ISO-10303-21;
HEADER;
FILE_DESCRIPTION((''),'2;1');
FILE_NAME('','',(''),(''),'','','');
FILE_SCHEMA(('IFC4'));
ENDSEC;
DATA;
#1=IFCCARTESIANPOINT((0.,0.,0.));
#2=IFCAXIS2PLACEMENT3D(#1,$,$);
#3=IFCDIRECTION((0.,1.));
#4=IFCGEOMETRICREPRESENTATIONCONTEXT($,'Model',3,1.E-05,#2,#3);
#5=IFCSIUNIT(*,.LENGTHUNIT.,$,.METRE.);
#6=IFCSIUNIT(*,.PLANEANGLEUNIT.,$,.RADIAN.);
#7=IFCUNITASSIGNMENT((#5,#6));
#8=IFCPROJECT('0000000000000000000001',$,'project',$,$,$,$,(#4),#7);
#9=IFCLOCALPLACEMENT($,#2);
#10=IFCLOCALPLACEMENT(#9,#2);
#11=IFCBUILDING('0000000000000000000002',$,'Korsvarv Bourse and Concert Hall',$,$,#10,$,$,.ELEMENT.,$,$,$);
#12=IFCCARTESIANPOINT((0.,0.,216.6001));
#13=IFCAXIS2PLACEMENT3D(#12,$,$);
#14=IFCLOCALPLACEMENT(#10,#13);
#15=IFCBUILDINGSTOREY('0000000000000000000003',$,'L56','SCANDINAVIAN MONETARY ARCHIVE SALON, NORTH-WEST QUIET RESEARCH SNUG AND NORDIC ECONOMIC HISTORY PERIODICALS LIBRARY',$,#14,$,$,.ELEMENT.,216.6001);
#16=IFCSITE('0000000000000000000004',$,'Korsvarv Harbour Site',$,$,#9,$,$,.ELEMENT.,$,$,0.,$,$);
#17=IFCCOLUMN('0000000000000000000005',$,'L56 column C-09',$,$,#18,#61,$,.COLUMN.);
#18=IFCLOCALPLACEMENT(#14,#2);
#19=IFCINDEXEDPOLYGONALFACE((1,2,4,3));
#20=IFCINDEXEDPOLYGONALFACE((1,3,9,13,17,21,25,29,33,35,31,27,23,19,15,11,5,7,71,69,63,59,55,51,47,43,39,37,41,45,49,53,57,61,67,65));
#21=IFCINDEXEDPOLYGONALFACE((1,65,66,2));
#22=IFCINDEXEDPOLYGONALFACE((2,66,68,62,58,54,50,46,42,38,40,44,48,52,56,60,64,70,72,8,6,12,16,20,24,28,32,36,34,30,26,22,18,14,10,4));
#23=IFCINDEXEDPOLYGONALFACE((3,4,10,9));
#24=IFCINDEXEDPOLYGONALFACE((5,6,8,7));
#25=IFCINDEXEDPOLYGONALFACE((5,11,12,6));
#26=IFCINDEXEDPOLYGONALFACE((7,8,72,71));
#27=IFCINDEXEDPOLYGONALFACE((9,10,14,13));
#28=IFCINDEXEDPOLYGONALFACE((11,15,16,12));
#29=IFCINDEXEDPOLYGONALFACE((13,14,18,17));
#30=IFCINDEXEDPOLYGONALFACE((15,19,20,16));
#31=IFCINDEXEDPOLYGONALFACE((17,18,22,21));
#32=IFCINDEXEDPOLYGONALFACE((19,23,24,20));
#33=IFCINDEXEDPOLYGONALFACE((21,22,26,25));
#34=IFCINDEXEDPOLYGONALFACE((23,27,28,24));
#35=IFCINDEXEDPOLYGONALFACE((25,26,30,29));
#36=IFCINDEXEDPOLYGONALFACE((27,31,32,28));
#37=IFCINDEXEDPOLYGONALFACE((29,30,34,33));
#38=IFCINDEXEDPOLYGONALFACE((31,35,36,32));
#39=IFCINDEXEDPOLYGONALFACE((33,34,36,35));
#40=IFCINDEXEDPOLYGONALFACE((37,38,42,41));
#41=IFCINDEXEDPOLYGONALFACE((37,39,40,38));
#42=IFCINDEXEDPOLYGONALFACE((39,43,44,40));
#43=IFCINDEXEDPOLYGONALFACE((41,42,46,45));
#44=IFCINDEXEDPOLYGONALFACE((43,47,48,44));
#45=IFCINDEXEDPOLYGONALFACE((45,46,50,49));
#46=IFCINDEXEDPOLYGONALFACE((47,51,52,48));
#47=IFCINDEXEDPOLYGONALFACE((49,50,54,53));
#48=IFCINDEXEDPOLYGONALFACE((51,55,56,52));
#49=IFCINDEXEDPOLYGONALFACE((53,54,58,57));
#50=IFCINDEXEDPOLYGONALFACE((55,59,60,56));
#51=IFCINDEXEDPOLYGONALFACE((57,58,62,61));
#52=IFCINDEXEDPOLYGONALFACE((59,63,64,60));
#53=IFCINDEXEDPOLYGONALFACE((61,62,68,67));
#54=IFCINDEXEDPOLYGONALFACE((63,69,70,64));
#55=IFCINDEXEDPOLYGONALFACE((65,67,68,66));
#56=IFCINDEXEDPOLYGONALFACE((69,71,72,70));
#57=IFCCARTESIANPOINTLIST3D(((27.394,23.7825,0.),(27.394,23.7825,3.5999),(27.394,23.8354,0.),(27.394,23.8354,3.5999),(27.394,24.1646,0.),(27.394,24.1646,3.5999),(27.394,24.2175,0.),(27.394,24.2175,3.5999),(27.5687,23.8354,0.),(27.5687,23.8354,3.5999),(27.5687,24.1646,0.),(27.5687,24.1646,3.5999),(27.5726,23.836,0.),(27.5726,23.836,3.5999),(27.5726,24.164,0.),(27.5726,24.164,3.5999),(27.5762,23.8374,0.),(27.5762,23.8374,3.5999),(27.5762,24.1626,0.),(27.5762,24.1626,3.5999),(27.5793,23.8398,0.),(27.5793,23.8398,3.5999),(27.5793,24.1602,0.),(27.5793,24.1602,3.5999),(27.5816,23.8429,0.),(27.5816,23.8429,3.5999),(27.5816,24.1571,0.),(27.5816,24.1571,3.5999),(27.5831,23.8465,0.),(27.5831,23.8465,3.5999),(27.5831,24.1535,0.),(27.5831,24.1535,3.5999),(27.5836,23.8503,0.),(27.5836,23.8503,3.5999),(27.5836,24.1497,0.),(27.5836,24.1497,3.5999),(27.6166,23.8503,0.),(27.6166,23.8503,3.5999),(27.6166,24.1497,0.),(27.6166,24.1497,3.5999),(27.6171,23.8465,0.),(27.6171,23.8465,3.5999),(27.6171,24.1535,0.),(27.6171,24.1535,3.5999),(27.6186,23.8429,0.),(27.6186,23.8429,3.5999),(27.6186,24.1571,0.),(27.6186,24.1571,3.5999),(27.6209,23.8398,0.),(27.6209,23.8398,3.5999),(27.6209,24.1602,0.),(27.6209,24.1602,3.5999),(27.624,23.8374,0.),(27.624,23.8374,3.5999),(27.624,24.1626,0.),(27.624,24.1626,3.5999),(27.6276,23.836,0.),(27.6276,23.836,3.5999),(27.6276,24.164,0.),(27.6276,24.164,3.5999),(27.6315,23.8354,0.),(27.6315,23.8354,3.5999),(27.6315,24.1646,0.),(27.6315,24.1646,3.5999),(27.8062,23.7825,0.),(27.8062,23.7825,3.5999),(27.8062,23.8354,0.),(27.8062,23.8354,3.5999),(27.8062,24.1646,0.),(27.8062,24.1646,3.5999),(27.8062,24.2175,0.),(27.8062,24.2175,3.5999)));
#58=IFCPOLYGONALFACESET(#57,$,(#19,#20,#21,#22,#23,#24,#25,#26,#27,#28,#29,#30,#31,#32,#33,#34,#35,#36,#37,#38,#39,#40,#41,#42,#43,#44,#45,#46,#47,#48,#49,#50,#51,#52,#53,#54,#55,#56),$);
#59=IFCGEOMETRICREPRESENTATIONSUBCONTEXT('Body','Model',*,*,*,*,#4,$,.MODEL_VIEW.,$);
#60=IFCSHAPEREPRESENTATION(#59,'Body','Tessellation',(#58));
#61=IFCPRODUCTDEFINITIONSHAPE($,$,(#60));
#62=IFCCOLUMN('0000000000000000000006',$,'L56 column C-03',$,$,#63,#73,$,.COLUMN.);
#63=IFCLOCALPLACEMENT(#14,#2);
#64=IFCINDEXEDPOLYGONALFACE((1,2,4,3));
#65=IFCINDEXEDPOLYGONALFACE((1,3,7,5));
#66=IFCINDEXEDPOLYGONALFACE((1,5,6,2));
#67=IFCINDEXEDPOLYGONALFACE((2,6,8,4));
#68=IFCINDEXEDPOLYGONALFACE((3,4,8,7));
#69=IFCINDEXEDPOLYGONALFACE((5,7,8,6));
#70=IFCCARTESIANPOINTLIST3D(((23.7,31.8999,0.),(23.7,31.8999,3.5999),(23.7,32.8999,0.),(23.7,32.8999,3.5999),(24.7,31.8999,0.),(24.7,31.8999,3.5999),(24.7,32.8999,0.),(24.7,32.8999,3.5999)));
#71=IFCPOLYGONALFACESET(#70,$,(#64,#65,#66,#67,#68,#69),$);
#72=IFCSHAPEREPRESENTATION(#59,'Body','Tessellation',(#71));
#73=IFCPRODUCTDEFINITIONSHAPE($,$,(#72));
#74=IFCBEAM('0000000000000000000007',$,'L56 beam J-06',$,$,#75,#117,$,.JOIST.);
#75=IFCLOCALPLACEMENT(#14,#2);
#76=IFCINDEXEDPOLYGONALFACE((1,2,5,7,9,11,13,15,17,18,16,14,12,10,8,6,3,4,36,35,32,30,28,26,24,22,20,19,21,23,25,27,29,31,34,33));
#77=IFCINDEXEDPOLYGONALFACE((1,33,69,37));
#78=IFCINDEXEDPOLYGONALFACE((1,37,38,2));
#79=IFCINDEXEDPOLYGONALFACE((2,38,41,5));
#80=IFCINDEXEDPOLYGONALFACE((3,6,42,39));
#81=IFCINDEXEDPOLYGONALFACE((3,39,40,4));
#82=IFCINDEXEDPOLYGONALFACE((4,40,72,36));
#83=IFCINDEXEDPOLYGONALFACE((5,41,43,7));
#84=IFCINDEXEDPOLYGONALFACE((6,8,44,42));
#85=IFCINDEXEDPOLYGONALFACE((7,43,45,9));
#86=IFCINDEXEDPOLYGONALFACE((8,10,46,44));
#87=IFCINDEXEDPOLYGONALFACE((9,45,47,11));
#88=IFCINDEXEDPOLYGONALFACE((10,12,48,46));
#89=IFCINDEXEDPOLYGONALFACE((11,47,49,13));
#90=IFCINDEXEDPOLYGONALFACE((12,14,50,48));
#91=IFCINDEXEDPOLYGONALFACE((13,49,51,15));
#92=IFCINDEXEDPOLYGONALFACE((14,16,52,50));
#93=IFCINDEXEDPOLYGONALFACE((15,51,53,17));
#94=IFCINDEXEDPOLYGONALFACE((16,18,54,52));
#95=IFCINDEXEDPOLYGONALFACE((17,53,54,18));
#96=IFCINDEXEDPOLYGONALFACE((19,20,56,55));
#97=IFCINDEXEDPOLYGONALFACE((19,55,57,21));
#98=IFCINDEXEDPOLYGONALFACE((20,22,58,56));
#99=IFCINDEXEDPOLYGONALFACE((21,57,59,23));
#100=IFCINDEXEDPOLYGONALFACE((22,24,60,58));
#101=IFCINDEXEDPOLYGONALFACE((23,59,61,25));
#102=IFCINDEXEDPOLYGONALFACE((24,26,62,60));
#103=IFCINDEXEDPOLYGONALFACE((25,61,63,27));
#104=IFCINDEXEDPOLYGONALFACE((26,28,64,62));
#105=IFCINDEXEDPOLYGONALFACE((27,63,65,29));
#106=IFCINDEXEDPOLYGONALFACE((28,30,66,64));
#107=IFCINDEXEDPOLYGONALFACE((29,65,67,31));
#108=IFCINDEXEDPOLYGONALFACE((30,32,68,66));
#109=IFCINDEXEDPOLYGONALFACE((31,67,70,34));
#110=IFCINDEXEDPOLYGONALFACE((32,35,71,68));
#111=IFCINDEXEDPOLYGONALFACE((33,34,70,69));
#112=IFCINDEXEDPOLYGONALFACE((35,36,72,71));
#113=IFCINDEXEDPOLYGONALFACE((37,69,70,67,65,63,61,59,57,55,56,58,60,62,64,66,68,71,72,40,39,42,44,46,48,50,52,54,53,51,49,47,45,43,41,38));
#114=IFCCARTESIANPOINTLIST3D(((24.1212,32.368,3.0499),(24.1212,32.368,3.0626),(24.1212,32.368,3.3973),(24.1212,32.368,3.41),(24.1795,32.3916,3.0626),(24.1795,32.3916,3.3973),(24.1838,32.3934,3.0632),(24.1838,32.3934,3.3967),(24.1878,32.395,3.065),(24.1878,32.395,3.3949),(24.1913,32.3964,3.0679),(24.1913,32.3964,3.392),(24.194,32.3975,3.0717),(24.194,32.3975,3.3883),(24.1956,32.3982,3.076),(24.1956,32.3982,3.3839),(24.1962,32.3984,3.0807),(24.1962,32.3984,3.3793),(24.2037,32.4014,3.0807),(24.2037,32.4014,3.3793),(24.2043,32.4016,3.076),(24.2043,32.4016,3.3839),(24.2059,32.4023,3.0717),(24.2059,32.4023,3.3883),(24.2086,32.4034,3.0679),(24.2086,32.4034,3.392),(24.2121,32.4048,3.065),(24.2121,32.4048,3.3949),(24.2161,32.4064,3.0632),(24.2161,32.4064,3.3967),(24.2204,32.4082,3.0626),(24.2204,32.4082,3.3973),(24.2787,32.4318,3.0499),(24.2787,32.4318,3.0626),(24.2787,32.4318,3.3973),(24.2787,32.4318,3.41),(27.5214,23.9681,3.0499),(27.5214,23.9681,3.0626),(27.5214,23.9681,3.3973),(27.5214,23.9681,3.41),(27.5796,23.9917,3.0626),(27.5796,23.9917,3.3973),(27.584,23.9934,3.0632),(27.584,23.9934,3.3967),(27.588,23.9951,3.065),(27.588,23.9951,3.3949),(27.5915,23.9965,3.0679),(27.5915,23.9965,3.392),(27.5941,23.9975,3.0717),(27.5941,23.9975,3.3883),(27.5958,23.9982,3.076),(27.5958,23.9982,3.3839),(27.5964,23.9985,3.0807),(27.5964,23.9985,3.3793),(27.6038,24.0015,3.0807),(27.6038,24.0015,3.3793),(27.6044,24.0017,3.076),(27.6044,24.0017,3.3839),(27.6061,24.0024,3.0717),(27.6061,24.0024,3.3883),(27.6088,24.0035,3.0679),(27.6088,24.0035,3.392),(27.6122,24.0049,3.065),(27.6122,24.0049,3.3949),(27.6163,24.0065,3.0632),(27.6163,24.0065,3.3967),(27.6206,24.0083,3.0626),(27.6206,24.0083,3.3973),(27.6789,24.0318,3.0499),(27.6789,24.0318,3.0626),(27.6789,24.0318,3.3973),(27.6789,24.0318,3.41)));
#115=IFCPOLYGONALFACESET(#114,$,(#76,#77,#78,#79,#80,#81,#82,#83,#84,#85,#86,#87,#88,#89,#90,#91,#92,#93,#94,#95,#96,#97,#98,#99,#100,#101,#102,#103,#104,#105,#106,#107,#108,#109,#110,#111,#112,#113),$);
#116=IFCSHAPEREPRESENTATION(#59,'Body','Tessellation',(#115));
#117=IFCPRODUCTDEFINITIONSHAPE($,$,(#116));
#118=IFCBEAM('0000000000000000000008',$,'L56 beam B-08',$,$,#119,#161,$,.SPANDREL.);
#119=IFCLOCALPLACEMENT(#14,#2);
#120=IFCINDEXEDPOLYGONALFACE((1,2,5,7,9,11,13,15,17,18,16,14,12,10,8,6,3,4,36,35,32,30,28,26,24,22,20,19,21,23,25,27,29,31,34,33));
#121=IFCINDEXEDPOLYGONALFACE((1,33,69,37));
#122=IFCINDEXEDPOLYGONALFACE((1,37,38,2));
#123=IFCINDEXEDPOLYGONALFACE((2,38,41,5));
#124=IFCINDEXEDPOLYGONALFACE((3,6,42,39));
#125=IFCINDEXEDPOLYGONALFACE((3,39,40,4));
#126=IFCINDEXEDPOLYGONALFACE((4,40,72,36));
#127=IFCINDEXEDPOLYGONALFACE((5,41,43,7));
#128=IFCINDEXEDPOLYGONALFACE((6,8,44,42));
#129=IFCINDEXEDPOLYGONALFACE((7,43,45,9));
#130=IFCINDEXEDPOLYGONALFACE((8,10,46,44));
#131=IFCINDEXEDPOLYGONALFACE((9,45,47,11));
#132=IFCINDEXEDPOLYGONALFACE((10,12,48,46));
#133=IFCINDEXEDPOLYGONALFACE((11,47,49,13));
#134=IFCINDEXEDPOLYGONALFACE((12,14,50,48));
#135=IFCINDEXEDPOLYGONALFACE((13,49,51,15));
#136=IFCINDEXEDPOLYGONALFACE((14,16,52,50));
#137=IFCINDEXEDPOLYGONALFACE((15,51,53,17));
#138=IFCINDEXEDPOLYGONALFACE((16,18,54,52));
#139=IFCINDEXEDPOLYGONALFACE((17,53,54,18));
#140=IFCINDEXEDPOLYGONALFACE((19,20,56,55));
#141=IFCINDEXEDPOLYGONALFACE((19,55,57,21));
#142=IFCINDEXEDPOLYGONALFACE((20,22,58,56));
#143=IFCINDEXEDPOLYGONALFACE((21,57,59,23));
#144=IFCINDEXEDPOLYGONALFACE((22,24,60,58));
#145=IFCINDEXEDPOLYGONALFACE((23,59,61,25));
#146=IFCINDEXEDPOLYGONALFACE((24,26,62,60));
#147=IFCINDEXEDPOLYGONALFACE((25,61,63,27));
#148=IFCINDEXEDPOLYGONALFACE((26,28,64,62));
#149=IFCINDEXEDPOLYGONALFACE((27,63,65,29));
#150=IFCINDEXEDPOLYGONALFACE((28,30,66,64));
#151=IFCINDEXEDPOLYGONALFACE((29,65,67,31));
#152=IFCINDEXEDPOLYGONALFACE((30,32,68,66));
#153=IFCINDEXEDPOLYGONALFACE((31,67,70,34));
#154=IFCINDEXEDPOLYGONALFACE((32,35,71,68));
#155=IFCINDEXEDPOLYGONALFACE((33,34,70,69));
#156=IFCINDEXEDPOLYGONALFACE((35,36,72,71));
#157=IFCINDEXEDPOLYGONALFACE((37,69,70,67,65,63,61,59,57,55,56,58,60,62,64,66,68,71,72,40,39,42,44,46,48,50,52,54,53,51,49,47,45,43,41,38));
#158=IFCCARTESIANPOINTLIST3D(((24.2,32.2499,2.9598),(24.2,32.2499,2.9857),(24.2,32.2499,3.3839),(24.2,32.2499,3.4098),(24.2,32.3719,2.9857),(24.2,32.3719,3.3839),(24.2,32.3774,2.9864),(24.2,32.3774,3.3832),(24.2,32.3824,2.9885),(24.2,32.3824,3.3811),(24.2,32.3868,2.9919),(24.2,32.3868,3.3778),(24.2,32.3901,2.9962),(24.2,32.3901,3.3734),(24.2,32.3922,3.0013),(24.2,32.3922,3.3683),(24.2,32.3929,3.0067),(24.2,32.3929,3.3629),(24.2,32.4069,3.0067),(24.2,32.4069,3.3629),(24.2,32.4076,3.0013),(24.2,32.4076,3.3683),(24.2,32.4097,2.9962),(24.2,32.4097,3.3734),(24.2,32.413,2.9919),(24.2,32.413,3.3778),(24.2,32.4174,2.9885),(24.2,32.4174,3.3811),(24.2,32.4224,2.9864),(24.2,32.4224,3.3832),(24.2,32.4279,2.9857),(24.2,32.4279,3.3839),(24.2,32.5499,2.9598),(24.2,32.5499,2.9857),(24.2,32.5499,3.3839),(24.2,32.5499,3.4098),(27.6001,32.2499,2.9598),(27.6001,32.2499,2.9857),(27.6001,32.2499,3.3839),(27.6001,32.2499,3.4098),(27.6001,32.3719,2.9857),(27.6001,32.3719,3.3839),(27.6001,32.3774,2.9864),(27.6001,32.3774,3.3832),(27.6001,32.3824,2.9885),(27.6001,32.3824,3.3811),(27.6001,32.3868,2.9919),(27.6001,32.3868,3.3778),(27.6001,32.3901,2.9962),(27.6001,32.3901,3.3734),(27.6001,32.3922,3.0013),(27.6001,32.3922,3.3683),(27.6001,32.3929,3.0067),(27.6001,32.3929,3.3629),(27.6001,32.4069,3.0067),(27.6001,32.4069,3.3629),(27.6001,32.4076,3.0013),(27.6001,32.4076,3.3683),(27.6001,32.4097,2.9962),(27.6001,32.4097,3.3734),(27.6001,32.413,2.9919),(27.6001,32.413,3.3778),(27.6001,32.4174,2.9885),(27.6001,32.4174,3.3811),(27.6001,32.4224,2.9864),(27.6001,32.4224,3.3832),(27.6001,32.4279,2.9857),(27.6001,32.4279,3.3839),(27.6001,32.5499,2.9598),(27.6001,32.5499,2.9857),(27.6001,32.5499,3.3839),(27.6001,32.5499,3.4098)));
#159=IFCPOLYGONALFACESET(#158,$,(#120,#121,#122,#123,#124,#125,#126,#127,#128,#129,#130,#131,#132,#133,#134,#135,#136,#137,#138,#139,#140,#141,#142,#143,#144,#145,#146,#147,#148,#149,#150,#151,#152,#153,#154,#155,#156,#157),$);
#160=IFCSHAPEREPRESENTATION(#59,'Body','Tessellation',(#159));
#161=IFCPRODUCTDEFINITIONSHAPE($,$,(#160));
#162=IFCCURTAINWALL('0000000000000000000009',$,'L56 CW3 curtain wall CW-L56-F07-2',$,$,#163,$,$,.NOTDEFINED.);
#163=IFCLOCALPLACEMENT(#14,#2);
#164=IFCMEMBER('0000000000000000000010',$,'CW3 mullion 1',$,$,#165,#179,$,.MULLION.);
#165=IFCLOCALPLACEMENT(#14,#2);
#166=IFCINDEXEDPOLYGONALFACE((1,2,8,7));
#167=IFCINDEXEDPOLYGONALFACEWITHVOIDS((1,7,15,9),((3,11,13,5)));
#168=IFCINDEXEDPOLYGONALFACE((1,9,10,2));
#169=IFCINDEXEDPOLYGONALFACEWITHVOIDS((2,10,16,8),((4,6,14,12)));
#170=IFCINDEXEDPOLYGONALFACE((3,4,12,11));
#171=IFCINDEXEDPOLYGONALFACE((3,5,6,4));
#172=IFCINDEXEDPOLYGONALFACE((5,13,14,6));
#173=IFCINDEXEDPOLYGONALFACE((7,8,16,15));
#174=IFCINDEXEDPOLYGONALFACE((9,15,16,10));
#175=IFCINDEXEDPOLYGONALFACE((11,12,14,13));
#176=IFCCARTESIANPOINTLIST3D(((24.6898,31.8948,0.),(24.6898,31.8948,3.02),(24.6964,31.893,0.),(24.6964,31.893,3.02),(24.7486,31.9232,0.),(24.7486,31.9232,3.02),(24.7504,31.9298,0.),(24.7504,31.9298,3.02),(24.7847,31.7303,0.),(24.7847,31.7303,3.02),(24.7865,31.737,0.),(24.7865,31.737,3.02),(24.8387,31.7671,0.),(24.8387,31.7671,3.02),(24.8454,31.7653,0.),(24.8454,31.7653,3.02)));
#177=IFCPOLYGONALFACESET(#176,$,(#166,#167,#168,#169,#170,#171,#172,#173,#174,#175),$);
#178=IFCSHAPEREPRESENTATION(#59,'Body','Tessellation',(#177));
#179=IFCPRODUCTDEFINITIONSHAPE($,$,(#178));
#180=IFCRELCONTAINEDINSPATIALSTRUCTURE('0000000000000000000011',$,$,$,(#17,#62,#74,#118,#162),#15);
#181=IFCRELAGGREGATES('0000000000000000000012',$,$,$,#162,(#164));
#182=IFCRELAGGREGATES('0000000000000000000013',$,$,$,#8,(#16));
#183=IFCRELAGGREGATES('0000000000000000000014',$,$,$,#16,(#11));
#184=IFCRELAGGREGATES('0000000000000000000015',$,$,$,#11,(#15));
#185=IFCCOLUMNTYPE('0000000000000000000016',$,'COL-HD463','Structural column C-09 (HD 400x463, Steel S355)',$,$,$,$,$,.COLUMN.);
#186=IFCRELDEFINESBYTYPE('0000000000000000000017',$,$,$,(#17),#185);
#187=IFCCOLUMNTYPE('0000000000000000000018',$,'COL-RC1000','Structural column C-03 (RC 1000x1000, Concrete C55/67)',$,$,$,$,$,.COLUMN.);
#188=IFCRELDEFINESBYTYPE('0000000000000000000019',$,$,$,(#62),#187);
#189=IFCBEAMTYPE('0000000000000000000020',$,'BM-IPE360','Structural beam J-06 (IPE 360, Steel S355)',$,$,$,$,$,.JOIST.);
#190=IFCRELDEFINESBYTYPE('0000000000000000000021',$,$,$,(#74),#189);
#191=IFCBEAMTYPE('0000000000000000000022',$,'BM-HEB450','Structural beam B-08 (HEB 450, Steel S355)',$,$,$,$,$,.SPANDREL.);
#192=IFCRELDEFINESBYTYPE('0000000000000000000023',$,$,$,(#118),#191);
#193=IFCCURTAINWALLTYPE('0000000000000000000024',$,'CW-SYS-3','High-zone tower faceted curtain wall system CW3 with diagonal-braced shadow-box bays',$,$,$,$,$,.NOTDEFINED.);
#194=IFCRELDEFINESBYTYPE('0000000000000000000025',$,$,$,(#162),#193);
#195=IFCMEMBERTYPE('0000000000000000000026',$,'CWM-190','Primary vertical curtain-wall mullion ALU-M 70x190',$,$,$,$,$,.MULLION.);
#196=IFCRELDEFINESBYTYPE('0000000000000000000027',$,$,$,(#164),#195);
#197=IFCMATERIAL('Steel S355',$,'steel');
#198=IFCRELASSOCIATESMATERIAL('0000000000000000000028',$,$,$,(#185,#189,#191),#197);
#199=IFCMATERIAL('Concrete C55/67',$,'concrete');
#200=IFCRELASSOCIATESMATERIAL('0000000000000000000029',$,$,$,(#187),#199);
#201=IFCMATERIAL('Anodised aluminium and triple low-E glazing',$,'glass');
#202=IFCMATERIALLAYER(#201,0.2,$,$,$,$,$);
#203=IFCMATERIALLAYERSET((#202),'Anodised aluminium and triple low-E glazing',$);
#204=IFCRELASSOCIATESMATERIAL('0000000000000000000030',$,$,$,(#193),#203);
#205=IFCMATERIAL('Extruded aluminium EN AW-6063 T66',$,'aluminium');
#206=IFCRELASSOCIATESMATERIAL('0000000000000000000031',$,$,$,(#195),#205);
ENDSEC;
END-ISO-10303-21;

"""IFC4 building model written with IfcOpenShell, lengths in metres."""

from ifc_helpers import new_model, si_unit, direction, frame, origin, origin_2d, place, context, subcontext, project, spatial, rectangle, hollow_rectangle, i_section, extrude, source, transform, mapped, material, layer, layer_set, material_profile, profile_set, type_object, element, aggregate, save


model = new_model("IFC4")

# Units and contexts
model_context = context("Model", 3, precision=1e-05, world=origin(), true_north=direction((0.0, 1.0)))
body_context = subcontext(model_context, "Body", "Model", "MODEL_VIEW")
ifc_project = project(units=[si_unit("LENGTHUNIT", "METRE"), si_unit("PLANEANGLEUNIT", "RADIAN")], contexts=[model_context])

# Site, building, storey
site_placement = place(None, origin())
site = spatial("IfcSite", under=ifc_project, at=site_placement, Name="Korsvarv Harbour Site", CompositionType="ELEMENT", RefElevation=0.0)
building_placement = place(site_placement, origin())
building = spatial("IfcBuilding", under=site, at=building_placement, Name="Korsvarv Bourse and Concert Hall", CompositionType="ELEMENT")
storey_placement = place(building_placement, frame((0.0, 0.0, 216.6001)))
storey = spatial("IfcBuildingStorey", under=building, at=storey_placement, Name="L56", Description="SCANDINAVIAN MONETARY ARCHIVE SALON, NORTH-WEST QUIET RESEARCH SNUG AND NORDIC ECONOMIC HISTORY PERIODICALS LIBRARY", CompositionType="ELEMENT", Elevation=216.6001)

# Columns
ifc_material_1 = material(Name="Steel S355", Category="steel")
ifc_material_profile_1 = material_profile(ifc_material_1, i_section(OverallWidth=0.4121, OverallDepth=0.4351, WebThickness=0.033, FlangeThickness=0.053, FilletRadius=0.0149, at=origin_2d()), Name="HD 400x463")
ifc_profile_set_1 = profile_set([ifc_material_profile_1], Name="Steel S355")
column_type_1 = type_object("IfcColumnType", Name="COL-HD463", Description="Structural column C-09 (HD 400x463, Steel S355)", PredefinedType="COLUMN", material=ifc_profile_set_1)
shared_shape_1 = source(origin(), body_context, "Body", "SweptSolid", [
    extrude(i_section(OverallWidth=0.4121, OverallDepth=0.4351, WebThickness=0.033, FlangeThickness=0.053, FilletRadius=0.0149, at=origin_2d()), origin(), (0.0, 0.0, 1.0), 3.5999),
])
column_1_placement = place(storey_placement, frame((27.6001, 24.0, 0.0), z_axis=(0.0, 0.0, 1.0), x_axis=(1.0, 0.0, 0.0)))
element("IfcColumn", 1, at=column_1_placement, inside=storey, type_object=column_type_1, Name="L56 column C-09", PredefinedType="COLUMN", context=body_context, shape_type="MappedRepresentation", body=[
    mapped(shared_shape_1, transform((0.0, 0.0, 0.0), scale=1.0)),
])
ifc_material_2 = material(Name="Concrete C55/67", Category="concrete")
ifc_material_profile_2 = material_profile(ifc_material_2, rectangle(XDim=1.0, YDim=1.0, at=origin_2d()), Name="RC 1000x1000")
ifc_profile_set_2 = profile_set([ifc_material_profile_2], Name="Concrete C55/67")
column_type_2 = type_object("IfcColumnType", Name="COL-RC1000", Description="Structural column C-03 (RC 1000x1000, Concrete C55/67)", PredefinedType="COLUMN", material=ifc_profile_set_2)
shared_shape_2 = source(origin(), body_context, "Body", "SweptSolid", [
    extrude(rectangle(XDim=1.0, YDim=1.0, at=origin_2d()), origin(), (0.0, 0.0, 1.0), 3.5999),
])
column_2_placement = place(storey_placement, frame((24.2, 32.3999, 0.0), z_axis=(0.0, 0.0, 1.0), x_axis=(1.0, 0.0, 0.0)))
element("IfcColumn", 2, at=column_2_placement, inside=storey, type_object=column_type_2, Name="L56 column C-03", PredefinedType="COLUMN", context=body_context, shape_type="MappedRepresentation", body=[
    mapped(shared_shape_2, transform((0.0, 0.0, 0.0), scale=1.0)),
])

# Beams
ifc_material_profile_3 = material_profile(ifc_material_1, i_section(OverallWidth=0.1699, OverallDepth=0.3601, WebThickness=0.0081, FlangeThickness=0.0127, FilletRadius=0.0181, at=origin_2d()), Name="IPE 360")
ifc_profile_set_3 = profile_set([ifc_material_profile_3], Name="Steel S355")
beam_type_1 = type_object("IfcBeamType", Name="BM-IPE360", Description="Structural beam J-06 (IPE 360, Steel S355)", PredefinedType="JOIST", material=ifc_profile_set_3)
shared_shape_3 = source(origin(), body_context, "Body", "SweptSolid", [
    extrude(i_section(OverallWidth=0.1699, OverallDepth=0.3601, WebThickness=0.0081, FlangeThickness=0.0127, FilletRadius=0.0181, at=origin_2d()), origin(), (0.0, 0.0, 1.0), 9.062),
])
beam_1_placement = place(storey_placement, frame((24.2, 32.3999, 3.23), z_axis=(0.37521, -0.92694, 0.0), x_axis=(0.92694, 0.37521, 0.0)))
element("IfcBeam", 3, at=beam_1_placement, inside=storey, type_object=beam_type_1, Name="L56 beam J-06", PredefinedType="JOIST", context=body_context, shape_type="MappedRepresentation", body=[
    mapped(shared_shape_3, transform((0.0, 0.0, 0.0), scale=1.0)),
])
ifc_material_profile_4 = material_profile(ifc_material_1, i_section(OverallWidth=0.3, OverallDepth=0.45, WebThickness=0.0139, FlangeThickness=0.0259, FilletRadius=0.021, at=origin_2d()), Name="HEB 450")
ifc_profile_set_4 = profile_set([ifc_material_profile_4], Name="Steel S355")
beam_type_2 = type_object("IfcBeamType", Name="BM-HEB450", Description="Structural beam B-08 (HEB 450, Steel S355)", PredefinedType="SPANDREL", material=ifc_profile_set_4)
shared_shape_4 = source(origin(), body_context, "Body", "SweptSolid", [
    extrude(i_section(OverallWidth=0.3, OverallDepth=0.45, WebThickness=0.0139, FlangeThickness=0.0259, FilletRadius=0.021, at=origin_2d()), origin(), (0.0, 0.0, 1.0), 3.4001),
])
beam_2_placement = place(storey_placement, frame((24.2, 32.3999, 3.1848), z_axis=(1.0, 0.0, 0.0), x_axis=(0.0, 1.0, 0.0)))
element("IfcBeam", 4, at=beam_2_placement, inside=storey, type_object=beam_type_2, Name="L56 beam B-08", PredefinedType="SPANDREL", context=body_context, shape_type="MappedRepresentation", body=[
    mapped(shared_shape_4, transform((0.0, 0.0, 0.0), scale=1.0)),
])

# Curtain wall, member
ifc_material_3 = material(Name="Anodised aluminium and triple low-E glazing", Category="glass")
ifc_layer_1 = layer(ifc_material_3, 0.2)
ifc_layer_set_1 = layer_set([ifc_layer_1], Name="Anodised aluminium and triple low-E glazing")
curtain_wall_type = type_object("IfcCurtainWallType", Name="CW-SYS-3", Description="High-zone tower faceted curtain wall system CW3 with diagonal-braced shadow-box bays", PredefinedType="NOTDEFINED", material=ifc_layer_set_1)
curtain_wall_1_placement = place(storey_placement, origin())
curtain_wall_1 = element("IfcCurtainWall", 5, at=curtain_wall_1_placement, inside=storey, type_object=curtain_wall_type, Name="L56 CW3 curtain wall CW-L56-F07-2", PredefinedType="NOTDEFINED")
ifc_material_4 = material(Name="Extruded aluminium EN AW-6063 T66", Category="aluminium")
ifc_material_profile_5 = material_profile(ifc_material_4, hollow_rectangle(XDim=0.0701, YDim=0.1899, WallThickness=0.0049, at=origin_2d()), Name="ALU-M 70x190")
ifc_profile_set_5 = profile_set([ifc_material_profile_5], Name="Extruded aluminium EN AW-6063 T66")
member_type_1 = type_object("IfcMemberType", Name="CWM-190", Description="Primary vertical curtain-wall mullion ALU-M 70x190", PredefinedType="MULLION", material=ifc_profile_set_5)
shared_shape_5 = source(origin(), body_context, "Body", "SweptSolid", [
    extrude(hollow_rectangle(XDim=0.0701, YDim=0.1899, WallThickness=0.0049, at=origin_2d()), origin(), (0.0, 0.0, 1.0), 3.02),
])
member_1_placement = place(storey_placement, frame((24.7676, 31.8301, 0.0), z_axis=(0.0, 0.0, 1.0), x_axis=(0.866028, 0.499996, 0.0)))
member_1 = element("IfcMember", 6, at=member_1_placement, type_object=member_type_1, Name="CW3 mullion 1", PredefinedType="MULLION", context=body_context, shape_type="MappedRepresentation", body=[
    mapped(shared_shape_5, transform((0.0, 0.0, 0.0), scale=1.0)),
])

aggregate(curtain_wall_1, [member_1])

save(model, "model.ifc")
